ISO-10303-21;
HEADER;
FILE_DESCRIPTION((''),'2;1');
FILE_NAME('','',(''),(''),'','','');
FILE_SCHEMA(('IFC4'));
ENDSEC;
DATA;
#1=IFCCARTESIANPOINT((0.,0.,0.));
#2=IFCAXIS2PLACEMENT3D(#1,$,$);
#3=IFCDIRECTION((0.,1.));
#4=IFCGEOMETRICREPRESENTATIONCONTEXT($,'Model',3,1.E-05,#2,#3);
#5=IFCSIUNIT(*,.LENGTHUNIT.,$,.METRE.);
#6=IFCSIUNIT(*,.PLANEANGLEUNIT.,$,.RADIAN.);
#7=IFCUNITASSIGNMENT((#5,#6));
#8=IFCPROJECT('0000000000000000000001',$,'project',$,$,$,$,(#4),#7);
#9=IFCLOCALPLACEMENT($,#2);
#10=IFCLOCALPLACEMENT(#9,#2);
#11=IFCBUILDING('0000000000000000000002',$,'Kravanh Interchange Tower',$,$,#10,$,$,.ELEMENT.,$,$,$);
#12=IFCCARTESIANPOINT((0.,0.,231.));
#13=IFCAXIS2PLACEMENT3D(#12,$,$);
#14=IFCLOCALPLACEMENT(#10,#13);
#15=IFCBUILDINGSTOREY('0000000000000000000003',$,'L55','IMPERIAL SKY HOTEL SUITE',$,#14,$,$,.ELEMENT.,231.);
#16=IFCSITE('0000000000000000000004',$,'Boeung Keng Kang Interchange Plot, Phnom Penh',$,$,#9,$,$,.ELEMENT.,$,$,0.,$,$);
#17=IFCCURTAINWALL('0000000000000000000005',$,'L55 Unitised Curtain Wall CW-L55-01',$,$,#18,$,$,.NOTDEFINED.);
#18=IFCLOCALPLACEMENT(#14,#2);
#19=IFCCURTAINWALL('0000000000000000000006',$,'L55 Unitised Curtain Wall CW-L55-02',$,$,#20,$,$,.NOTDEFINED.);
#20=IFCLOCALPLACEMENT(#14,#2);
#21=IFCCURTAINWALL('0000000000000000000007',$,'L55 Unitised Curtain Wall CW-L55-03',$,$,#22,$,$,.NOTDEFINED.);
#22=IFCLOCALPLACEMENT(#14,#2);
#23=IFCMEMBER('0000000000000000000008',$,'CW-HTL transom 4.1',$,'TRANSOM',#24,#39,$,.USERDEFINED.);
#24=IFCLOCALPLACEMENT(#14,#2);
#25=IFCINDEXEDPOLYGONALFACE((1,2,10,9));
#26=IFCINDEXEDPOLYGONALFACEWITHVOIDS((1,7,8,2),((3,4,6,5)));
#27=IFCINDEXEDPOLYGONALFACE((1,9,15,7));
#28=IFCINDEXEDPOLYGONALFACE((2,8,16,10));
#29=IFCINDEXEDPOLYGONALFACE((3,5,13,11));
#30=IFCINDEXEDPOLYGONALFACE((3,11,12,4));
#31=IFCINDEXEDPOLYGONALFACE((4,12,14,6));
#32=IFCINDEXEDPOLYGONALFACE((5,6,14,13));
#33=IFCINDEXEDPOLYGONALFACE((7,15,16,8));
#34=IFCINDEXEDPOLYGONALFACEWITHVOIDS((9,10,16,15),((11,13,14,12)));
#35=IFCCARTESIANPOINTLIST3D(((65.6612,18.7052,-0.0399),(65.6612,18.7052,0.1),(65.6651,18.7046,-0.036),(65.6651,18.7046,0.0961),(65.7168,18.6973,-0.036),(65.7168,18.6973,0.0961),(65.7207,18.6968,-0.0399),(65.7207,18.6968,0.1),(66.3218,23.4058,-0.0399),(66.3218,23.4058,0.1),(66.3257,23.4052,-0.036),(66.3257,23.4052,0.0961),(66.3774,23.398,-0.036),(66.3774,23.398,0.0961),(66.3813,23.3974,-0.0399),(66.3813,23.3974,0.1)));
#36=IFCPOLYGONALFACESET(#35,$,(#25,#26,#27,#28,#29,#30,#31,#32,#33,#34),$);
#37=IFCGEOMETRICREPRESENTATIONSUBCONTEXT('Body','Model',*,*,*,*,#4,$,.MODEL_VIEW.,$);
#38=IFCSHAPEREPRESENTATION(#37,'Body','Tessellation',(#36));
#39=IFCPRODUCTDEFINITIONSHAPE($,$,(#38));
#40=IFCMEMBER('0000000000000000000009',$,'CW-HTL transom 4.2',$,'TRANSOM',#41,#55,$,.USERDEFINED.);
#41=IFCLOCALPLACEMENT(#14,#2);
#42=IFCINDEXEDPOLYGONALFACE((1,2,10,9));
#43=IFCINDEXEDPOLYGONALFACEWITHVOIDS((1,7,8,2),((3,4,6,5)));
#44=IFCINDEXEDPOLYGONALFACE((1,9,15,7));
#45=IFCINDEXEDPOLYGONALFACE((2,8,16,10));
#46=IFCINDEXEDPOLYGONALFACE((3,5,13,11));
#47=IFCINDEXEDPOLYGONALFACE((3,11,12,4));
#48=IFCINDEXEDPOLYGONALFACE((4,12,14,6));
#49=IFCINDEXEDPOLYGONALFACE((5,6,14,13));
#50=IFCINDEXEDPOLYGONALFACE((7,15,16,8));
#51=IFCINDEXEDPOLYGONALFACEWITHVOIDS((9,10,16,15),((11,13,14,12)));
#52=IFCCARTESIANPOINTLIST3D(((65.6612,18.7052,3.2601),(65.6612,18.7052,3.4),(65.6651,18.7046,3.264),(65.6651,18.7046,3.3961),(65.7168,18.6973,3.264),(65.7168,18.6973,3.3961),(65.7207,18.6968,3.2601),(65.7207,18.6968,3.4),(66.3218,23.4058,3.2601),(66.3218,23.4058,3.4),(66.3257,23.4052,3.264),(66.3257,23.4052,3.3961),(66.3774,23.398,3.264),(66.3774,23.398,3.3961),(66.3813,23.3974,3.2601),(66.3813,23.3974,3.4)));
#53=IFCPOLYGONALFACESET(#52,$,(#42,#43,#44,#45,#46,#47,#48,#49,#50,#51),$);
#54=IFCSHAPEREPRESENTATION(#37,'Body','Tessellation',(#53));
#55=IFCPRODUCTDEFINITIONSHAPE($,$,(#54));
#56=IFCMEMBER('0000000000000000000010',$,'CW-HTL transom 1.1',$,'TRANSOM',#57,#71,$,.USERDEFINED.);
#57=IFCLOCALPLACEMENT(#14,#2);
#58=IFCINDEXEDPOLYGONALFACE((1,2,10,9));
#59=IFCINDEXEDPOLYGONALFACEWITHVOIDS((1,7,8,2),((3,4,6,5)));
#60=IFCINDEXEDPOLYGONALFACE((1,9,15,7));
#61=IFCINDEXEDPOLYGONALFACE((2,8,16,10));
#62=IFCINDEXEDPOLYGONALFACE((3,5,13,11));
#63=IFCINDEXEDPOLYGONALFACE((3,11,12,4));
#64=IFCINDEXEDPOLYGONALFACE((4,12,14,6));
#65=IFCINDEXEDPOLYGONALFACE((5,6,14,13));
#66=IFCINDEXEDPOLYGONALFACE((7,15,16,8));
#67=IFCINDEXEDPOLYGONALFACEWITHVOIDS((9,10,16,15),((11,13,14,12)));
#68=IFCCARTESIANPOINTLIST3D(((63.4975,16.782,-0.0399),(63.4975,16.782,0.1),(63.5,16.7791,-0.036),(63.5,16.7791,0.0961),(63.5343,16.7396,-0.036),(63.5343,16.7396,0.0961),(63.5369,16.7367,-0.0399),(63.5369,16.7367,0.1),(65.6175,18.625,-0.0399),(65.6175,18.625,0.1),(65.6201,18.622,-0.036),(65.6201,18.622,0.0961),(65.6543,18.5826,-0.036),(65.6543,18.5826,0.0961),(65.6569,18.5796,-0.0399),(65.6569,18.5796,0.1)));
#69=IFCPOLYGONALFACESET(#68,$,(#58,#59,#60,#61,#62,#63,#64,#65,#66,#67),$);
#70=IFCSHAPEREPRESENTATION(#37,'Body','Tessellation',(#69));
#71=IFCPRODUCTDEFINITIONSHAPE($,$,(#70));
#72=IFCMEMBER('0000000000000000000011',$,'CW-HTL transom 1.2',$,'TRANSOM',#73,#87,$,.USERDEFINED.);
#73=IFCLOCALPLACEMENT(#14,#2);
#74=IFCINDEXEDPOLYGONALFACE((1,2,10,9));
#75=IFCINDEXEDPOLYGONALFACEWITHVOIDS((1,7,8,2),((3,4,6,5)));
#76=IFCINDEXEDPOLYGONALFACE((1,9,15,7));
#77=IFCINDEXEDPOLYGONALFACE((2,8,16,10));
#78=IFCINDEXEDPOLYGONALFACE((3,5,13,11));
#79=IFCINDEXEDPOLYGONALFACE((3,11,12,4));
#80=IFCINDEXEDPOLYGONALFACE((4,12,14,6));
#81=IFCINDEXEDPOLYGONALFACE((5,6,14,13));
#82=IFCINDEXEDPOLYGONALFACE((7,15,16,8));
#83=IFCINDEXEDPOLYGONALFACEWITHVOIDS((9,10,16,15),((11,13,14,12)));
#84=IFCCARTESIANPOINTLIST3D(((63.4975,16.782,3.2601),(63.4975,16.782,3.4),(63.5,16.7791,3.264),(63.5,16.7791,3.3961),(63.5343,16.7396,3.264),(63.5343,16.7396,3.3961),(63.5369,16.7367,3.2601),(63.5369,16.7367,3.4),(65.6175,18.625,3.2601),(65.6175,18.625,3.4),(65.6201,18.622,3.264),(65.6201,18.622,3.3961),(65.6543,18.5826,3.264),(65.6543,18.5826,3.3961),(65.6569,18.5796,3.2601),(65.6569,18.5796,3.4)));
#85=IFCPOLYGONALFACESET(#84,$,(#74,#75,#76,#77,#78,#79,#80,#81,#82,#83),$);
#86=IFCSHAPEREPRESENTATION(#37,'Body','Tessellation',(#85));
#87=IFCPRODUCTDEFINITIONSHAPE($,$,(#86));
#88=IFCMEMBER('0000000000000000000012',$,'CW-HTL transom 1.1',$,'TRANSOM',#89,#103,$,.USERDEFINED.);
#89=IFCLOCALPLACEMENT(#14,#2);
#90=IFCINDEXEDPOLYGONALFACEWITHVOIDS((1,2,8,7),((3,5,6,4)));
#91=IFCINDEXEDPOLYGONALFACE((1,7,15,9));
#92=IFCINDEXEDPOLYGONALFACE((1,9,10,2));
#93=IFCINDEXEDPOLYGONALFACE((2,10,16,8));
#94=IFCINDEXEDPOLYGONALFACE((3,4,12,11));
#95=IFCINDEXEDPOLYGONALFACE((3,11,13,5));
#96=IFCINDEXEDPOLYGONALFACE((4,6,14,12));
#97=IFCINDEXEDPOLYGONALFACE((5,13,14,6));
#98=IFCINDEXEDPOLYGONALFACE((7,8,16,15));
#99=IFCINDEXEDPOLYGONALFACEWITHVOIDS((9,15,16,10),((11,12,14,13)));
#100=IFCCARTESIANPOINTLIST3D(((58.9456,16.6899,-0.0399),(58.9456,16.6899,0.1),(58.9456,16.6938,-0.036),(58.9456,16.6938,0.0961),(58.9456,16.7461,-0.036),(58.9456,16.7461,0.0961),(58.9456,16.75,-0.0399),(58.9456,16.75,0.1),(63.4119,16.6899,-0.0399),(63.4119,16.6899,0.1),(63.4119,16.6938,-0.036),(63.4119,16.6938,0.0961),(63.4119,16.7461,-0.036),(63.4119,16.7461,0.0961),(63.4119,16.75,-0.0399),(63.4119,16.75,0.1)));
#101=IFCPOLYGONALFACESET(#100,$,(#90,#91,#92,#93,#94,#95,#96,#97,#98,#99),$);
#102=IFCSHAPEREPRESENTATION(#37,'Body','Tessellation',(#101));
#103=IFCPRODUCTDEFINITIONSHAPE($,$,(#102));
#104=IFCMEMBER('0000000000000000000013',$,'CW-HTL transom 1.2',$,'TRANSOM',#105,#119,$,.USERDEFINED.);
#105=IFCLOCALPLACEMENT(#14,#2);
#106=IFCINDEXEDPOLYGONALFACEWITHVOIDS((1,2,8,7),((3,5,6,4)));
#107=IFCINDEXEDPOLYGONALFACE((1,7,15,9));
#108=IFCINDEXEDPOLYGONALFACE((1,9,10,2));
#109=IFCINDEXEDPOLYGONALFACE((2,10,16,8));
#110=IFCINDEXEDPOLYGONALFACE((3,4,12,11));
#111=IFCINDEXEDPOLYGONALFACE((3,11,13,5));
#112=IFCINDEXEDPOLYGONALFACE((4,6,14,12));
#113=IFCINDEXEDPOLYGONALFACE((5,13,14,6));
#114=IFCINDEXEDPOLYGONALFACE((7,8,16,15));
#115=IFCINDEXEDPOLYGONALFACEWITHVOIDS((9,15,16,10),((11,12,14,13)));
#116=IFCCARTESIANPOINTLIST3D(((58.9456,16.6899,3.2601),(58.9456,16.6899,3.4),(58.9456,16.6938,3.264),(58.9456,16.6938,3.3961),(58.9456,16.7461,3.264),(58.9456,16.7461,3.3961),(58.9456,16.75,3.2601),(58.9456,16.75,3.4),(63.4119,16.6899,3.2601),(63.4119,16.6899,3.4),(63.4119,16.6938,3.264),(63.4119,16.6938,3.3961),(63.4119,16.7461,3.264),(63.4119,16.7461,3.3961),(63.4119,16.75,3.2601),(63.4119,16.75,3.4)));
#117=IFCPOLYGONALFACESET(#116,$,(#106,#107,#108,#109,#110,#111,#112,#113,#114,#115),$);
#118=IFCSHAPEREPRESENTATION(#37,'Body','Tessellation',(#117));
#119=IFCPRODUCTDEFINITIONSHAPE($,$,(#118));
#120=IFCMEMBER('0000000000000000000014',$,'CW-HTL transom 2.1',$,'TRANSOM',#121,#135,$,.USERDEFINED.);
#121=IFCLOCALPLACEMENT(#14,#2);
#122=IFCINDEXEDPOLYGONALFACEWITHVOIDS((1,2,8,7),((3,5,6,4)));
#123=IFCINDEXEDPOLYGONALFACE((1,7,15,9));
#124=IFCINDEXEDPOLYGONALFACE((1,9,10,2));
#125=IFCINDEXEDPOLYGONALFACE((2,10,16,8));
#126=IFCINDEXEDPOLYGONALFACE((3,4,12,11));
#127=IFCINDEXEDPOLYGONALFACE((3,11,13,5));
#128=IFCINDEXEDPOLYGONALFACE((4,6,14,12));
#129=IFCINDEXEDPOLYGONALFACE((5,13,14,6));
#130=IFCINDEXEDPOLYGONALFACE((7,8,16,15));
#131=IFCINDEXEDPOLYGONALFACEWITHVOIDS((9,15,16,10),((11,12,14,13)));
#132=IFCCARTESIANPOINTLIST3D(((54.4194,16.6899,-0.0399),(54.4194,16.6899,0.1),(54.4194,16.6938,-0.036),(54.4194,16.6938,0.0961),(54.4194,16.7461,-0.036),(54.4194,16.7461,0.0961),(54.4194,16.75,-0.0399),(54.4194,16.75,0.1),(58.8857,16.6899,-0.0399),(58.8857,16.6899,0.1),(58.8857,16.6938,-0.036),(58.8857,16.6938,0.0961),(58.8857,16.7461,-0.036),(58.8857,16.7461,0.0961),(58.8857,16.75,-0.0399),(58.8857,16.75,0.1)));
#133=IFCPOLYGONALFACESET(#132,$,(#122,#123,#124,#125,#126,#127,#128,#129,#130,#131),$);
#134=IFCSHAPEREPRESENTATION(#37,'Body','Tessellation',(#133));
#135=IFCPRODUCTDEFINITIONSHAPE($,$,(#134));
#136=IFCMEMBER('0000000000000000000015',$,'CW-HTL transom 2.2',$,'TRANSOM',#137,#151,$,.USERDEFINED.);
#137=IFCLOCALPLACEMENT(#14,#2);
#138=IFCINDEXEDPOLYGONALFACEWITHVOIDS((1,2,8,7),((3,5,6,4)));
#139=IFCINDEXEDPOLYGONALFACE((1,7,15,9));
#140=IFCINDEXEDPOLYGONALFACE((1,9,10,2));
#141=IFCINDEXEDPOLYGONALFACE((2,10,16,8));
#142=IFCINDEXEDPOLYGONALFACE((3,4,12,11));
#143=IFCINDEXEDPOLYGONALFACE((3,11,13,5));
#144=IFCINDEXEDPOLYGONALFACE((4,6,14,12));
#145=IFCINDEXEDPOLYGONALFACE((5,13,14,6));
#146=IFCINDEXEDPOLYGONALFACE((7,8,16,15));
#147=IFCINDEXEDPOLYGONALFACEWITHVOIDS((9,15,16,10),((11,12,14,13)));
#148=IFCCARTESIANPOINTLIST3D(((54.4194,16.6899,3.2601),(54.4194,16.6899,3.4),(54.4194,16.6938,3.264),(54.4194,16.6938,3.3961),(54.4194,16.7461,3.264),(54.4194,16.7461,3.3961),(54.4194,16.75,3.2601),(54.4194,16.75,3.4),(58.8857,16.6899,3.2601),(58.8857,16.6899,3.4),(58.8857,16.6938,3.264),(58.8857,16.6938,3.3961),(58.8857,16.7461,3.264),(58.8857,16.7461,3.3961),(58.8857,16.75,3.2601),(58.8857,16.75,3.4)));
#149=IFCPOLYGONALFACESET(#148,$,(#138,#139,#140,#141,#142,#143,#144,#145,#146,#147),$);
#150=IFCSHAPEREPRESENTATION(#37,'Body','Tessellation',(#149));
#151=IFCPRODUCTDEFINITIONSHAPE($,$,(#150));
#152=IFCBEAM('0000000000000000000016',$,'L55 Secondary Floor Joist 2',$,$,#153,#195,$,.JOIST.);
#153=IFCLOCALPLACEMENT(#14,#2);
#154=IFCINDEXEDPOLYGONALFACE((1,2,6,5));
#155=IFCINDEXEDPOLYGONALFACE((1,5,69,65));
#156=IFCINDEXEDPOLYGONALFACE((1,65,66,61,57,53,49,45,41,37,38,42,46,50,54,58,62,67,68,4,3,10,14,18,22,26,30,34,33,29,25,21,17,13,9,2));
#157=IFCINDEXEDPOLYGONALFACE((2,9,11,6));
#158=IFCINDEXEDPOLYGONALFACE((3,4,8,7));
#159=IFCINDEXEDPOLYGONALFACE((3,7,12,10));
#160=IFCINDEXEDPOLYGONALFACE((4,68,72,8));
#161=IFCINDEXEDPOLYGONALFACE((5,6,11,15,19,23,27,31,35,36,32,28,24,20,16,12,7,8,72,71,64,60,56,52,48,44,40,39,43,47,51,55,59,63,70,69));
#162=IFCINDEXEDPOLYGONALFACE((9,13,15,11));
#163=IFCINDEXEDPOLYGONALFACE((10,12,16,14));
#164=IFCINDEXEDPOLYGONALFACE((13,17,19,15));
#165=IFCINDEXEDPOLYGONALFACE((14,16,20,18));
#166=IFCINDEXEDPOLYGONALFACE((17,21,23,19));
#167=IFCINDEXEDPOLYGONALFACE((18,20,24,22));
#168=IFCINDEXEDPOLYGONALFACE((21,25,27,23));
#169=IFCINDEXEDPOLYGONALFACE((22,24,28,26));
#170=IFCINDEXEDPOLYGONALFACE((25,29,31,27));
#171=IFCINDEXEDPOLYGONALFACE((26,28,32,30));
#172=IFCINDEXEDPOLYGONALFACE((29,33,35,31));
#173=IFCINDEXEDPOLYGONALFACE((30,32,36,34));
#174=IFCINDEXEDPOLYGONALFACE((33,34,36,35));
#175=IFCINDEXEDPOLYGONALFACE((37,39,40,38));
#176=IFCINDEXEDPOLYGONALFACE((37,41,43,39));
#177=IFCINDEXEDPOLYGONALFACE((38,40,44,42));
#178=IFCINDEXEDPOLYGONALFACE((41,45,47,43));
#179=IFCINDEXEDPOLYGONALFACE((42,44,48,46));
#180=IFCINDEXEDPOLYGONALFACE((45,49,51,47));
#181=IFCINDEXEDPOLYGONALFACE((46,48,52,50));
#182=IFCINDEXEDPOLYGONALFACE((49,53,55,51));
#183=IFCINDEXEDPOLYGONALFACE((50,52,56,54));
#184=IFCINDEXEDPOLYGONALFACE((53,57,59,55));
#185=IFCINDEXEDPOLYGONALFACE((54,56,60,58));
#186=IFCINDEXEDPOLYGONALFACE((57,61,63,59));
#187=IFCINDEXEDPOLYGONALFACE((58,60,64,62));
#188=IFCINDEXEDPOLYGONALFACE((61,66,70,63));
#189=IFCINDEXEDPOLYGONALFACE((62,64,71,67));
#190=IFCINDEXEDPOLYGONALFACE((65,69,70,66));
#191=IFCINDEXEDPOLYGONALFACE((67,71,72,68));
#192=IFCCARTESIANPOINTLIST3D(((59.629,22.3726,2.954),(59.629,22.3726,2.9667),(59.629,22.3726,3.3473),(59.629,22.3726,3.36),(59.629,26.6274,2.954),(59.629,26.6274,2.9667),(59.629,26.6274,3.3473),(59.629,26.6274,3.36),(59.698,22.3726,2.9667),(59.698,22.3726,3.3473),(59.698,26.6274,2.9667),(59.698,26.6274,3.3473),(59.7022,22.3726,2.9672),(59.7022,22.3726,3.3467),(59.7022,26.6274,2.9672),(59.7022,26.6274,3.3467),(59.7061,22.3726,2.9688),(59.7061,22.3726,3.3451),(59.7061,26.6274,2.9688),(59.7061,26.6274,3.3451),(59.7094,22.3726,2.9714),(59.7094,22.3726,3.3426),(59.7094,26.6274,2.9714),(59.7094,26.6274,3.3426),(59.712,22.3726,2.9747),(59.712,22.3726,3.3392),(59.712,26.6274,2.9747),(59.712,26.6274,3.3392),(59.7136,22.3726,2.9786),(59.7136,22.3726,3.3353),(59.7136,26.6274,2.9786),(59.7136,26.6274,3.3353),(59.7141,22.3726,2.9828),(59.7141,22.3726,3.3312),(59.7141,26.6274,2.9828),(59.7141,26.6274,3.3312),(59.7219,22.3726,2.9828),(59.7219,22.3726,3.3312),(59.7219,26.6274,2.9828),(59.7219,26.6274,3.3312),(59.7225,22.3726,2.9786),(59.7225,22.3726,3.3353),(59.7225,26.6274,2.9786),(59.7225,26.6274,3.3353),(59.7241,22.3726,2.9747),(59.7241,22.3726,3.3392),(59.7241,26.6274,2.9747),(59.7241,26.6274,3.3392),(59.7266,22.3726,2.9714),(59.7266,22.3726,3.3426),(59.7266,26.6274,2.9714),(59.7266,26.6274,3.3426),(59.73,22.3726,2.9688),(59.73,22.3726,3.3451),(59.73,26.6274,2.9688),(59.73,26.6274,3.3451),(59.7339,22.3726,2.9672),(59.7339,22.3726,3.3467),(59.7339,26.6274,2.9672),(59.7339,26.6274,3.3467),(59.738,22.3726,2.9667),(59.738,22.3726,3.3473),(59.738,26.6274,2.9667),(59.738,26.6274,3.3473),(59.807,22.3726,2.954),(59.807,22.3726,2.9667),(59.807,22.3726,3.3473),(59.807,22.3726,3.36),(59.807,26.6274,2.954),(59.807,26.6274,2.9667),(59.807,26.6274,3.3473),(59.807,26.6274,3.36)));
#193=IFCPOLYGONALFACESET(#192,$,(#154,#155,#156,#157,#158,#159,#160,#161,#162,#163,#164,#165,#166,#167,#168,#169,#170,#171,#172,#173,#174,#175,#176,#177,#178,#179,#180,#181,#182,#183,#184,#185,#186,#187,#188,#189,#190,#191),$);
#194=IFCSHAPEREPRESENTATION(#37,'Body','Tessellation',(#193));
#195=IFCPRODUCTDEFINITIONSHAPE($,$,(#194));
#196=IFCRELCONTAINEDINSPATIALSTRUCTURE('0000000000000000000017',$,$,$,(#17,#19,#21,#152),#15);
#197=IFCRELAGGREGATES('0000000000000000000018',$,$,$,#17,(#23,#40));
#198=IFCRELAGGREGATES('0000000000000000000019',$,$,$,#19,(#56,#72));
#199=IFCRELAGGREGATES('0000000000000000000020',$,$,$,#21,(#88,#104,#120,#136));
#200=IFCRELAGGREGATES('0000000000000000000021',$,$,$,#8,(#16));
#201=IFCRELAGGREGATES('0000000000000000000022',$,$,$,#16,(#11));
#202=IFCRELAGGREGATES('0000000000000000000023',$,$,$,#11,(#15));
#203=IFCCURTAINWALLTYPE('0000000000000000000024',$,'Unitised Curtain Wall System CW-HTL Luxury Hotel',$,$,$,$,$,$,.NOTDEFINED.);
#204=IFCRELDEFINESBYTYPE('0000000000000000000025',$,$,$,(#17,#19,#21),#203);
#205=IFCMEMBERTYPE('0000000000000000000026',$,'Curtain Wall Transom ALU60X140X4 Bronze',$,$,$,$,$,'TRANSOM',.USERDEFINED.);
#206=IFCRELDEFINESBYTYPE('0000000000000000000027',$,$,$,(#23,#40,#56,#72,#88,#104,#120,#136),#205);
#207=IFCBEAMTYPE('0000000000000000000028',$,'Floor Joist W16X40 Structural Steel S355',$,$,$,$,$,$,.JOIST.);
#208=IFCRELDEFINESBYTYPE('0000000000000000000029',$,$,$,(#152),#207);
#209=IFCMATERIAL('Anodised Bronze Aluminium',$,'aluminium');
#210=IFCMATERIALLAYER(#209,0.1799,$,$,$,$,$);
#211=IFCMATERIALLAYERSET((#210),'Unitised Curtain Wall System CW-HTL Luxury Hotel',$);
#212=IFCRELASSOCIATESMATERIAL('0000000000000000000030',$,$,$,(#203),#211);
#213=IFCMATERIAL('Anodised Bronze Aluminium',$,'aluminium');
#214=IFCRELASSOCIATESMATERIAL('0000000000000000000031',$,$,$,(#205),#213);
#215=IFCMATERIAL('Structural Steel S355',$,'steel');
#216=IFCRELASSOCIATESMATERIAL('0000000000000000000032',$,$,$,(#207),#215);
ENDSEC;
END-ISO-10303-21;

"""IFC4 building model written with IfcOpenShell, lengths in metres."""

from ifc_helpers import new_model, si_unit, direction, frame, origin, origin_2d, place, context, subcontext, project, spatial, hollow_rectangle, i_section, extrude, material, layer, layer_set, material_profile, profile_set, type_object, element, aggregate, save


model = new_model("IFC4")

# Units and contexts
model_context = context("Model", 3, precision=1e-05, world=origin(), true_north=direction((0.0, 1.0)))
body_context = subcontext(model_context, "Body", "Model", "MODEL_VIEW")
ifc_project = project(units=[si_unit("LENGTHUNIT", "METRE"), si_unit("PLANEANGLEUNIT", "RADIAN")], contexts=[model_context])

# Site, building, storey
site_placement = place(None, origin())
site = spatial("IfcSite", under=ifc_project, at=site_placement, Name="Boeung Keng Kang Interchange Plot, Phnom Penh", CompositionType="ELEMENT", RefElevation=0.0)
building_placement = place(site_placement, origin())
building = spatial("IfcBuilding", under=site, at=building_placement, Name="Kravanh Interchange Tower", CompositionType="ELEMENT")
storey_placement = place(building_placement, frame((0.0, 0.0, 231.0)))
storey = spatial("IfcBuildingStorey", under=building, at=storey_placement, Name="L55", Description="IMPERIAL SKY HOTEL SUITE", CompositionType="ELEMENT", Elevation=231.0)

# Curtain walls
ifc_material_1 = material(Name="Anodised Bronze Aluminium", Category="aluminium")
ifc_layer_1 = layer(ifc_material_1, 0.1799)
ifc_layer_set_1 = layer_set([ifc_layer_1], Name="Unitised Curtain Wall System CW-HTL Luxury Hotel")
curtain_wall_type = type_object("IfcCurtainWallType", Name="Unitised Curtain Wall System CW-HTL Luxury Hotel", PredefinedType="NOTDEFINED", material=ifc_layer_set_1)
curtain_wall_1_placement = place(storey_placement, origin())
curtain_wall_1 = element("IfcCurtainWall", 1, at=curtain_wall_1_placement, inside=storey, type_object=curtain_wall_type, Name="L55 Unitised Curtain Wall CW-L55-01", PredefinedType="NOTDEFINED")
curtain_wall_2_placement = place(storey_placement, origin())
curtain_wall_2 = element("IfcCurtainWall", 2, at=curtain_wall_2_placement, inside=storey, type_object=curtain_wall_type, Name="L55 Unitised Curtain Wall CW-L55-02", PredefinedType="NOTDEFINED")
curtain_wall_3_placement = place(storey_placement, origin())
curtain_wall_3 = element("IfcCurtainWall", 3, at=curtain_wall_3_placement, inside=storey, type_object=curtain_wall_type, Name="L55 Unitised Curtain Wall CW-L55-03", PredefinedType="NOTDEFINED")

# Members
ifc_material_2 = material(Name="Anodised Bronze Aluminium", Category="aluminium")
ifc_material_profile_1 = material_profile(ifc_material_2, hollow_rectangle(XDim=0.0601, YDim=0.1399, WallThickness=0.0039, at=origin_2d()), Name="ALU60X140X4")
ifc_profile_set_1 = profile_set([ifc_material_profile_1], Name="Anodised Bronze Aluminium")
member_type_1 = type_object("IfcMemberType", Name="Curtain Wall Transom ALU60X140X4 Bronze", ElementType="TRANSOM", PredefinedType="USERDEFINED", material=ifc_profile_set_1)
member_1_placement = place(storey_placement, frame((66.3516, 23.4016, 0.03), z_axis=(-0.139174, -0.990268, 0.0), x_axis=(0.990268, -0.139174, 0.0)))
member_1 = element("IfcMember", 4, at=member_1_placement, type_object=member_type_1, Name="CW-HTL transom 4.1", ObjectType="TRANSOM", PredefinedType="USERDEFINED", context=body_context, shape_type="SweptSolid", body=[
    extrude(hollow_rectangle(XDim=0.0601, YDim=0.1399, WallThickness=0.0039, at=origin_2d()), origin(), (0.0, 0.0, 1.0), 4.7468),
])
member_2_placement = place(storey_placement, frame((66.3516, 23.4016, 3.3301), z_axis=(-0.139174, -0.990268, 0.0), x_axis=(0.990268, -0.139174, 0.0)))
member_2 = element("IfcMember", 5, at=member_2_placement, type_object=member_type_1, Name="CW-HTL transom 4.2", ObjectType="TRANSOM", PredefinedType="USERDEFINED", context=body_context, shape_type="SweptSolid", body=[
    extrude(hollow_rectangle(XDim=0.0601, YDim=0.1399, WallThickness=0.0039, at=origin_2d()), origin(), (0.0, 0.0, 1.0), 4.7468),
])
member_3_placement = place(storey_placement, frame((65.6372, 18.6023, 0.03), z_axis=(-0.754705, -0.656065, 0.0), x_axis=(0.656065, -0.754705, 0.0)))
member_3 = element("IfcMember", 6, at=member_3_placement, type_object=member_type_1, Name="CW-HTL transom 1.1", ObjectType="TRANSOM", PredefinedType="USERDEFINED", context=body_context, shape_type="SweptSolid", body=[
    extrude(hollow_rectangle(XDim=0.0601, YDim=0.1399, WallThickness=0.0039, at=origin_2d()), origin(), (0.0, 0.0, 1.0), 2.8091),
])
member_4_placement = place(storey_placement, frame((65.6372, 18.6023, 3.3301), z_axis=(-0.754705, -0.656065, 0.0), x_axis=(0.656065, -0.754705, 0.0)))
member_4 = element("IfcMember", 7, at=member_4_placement, type_object=member_type_1, Name="CW-HTL transom 1.2", ObjectType="TRANSOM", PredefinedType="USERDEFINED", context=body_context, shape_type="SweptSolid", body=[
    extrude(hollow_rectangle(XDim=0.0601, YDim=0.1399, WallThickness=0.0039, at=origin_2d()), origin(), (0.0, 0.0, 1.0), 2.8091),
])
member_5_placement = place(storey_placement, frame((63.4119, 16.72, 0.03), z_axis=(-1.0, 0.0, 0.0), x_axis=(0.0, -1.0, 0.0)))
member_5 = element("IfcMember", 8, at=member_5_placement, type_object=member_type_1, Name="CW-HTL transom 1.1", ObjectType="TRANSOM", PredefinedType="USERDEFINED", context=body_context, shape_type="SweptSolid", body=[
    extrude(hollow_rectangle(XDim=0.0601, YDim=0.1399, WallThickness=0.0039, at=origin_2d()), origin(), (0.0, 0.0, 1.0), 4.4663),
])
member_6_placement = place(storey_placement, frame((63.4119, 16.72, 3.3301), z_axis=(-1.0, 0.0, 0.0), x_axis=(0.0, -1.0, 0.0)))
member_6 = element("IfcMember", 9, at=member_6_placement, type_object=member_type_1, Name="CW-HTL transom 1.2", ObjectType="TRANSOM", PredefinedType="USERDEFINED", context=body_context, shape_type="SweptSolid", body=[
    extrude(hollow_rectangle(XDim=0.0601, YDim=0.1399, WallThickness=0.0039, at=origin_2d()), origin(), (0.0, 0.0, 1.0), 4.4663),
])
member_7_placement = place(storey_placement, frame((58.8857, 16.72, 0.03), z_axis=(-1.0, 0.0, 0.0), x_axis=(0.0, -1.0, 0.0)))
member_7 = element("IfcMember", 10, at=member_7_placement, type_object=member_type_1, Name="CW-HTL transom 2.1", ObjectType="TRANSOM", PredefinedType="USERDEFINED", context=body_context, shape_type="SweptSolid", body=[
    extrude(hollow_rectangle(XDim=0.0601, YDim=0.1399, WallThickness=0.0039, at=origin_2d()), origin(), (0.0, 0.0, 1.0), 4.4663),
])
member_8_placement = place(storey_placement, frame((58.8857, 16.72, 3.3301), z_axis=(-1.0, 0.0, 0.0), x_axis=(0.0, -1.0, 0.0)))
member_8 = element("IfcMember", 11, at=member_8_placement, type_object=member_type_1, Name="CW-HTL transom 2.2", ObjectType="TRANSOM", PredefinedType="USERDEFINED", context=body_context, shape_type="SweptSolid", body=[
    extrude(hollow_rectangle(XDim=0.0601, YDim=0.1399, WallThickness=0.0039, at=origin_2d()), origin(), (0.0, 0.0, 1.0), 4.4663),
])

# Beam
ifc_material_3 = material(Name="Structural Steel S355", Category="steel")
ifc_material_profile_2 = material_profile(ifc_material_3, i_section(OverallWidth=0.178, OverallDepth=0.406, WebThickness=0.0078, FlangeThickness=0.0127, FilletRadius=0.0161, at=origin_2d()), Name="W16X40")
ifc_profile_set_2 = profile_set([ifc_material_profile_2], Name="Structural Steel S355")
beam_type_1 = type_object("IfcBeamType", Name="Floor Joist W16X40 Structural Steel S355", PredefinedType="JOIST", material=ifc_profile_set_2)
for number, where, z_axis, x_axis, name in (
    (12, (59.718, 22.3726, 3.157), (0.0, 1.0, 0.0), (-1.0, 0.0, 0.0), "L55 Secondary Floor Joist 2"),
):
    element("IfcBeam", number, at=place(storey_placement, frame(where, z_axis=z_axis, x_axis=x_axis)), inside=storey, type_object=beam_type_1, Name=name, PredefinedType="JOIST", context=body_context, shape_type="SweptSolid", body=[
        extrude(i_section(OverallWidth=0.178, OverallDepth=0.406, WebThickness=0.0078, FlangeThickness=0.0127, FilletRadius=0.0161, at=origin_2d()), origin(), (0.0, 0.0, 1.0), 4.2549),
    ])

aggregate(curtain_wall_1, [member_1, member_2])
aggregate(curtain_wall_2, [member_3, member_4])
aggregate(curtain_wall_3, [member_5, member_6, member_7, member_8])

save(model, "model.ifc")
